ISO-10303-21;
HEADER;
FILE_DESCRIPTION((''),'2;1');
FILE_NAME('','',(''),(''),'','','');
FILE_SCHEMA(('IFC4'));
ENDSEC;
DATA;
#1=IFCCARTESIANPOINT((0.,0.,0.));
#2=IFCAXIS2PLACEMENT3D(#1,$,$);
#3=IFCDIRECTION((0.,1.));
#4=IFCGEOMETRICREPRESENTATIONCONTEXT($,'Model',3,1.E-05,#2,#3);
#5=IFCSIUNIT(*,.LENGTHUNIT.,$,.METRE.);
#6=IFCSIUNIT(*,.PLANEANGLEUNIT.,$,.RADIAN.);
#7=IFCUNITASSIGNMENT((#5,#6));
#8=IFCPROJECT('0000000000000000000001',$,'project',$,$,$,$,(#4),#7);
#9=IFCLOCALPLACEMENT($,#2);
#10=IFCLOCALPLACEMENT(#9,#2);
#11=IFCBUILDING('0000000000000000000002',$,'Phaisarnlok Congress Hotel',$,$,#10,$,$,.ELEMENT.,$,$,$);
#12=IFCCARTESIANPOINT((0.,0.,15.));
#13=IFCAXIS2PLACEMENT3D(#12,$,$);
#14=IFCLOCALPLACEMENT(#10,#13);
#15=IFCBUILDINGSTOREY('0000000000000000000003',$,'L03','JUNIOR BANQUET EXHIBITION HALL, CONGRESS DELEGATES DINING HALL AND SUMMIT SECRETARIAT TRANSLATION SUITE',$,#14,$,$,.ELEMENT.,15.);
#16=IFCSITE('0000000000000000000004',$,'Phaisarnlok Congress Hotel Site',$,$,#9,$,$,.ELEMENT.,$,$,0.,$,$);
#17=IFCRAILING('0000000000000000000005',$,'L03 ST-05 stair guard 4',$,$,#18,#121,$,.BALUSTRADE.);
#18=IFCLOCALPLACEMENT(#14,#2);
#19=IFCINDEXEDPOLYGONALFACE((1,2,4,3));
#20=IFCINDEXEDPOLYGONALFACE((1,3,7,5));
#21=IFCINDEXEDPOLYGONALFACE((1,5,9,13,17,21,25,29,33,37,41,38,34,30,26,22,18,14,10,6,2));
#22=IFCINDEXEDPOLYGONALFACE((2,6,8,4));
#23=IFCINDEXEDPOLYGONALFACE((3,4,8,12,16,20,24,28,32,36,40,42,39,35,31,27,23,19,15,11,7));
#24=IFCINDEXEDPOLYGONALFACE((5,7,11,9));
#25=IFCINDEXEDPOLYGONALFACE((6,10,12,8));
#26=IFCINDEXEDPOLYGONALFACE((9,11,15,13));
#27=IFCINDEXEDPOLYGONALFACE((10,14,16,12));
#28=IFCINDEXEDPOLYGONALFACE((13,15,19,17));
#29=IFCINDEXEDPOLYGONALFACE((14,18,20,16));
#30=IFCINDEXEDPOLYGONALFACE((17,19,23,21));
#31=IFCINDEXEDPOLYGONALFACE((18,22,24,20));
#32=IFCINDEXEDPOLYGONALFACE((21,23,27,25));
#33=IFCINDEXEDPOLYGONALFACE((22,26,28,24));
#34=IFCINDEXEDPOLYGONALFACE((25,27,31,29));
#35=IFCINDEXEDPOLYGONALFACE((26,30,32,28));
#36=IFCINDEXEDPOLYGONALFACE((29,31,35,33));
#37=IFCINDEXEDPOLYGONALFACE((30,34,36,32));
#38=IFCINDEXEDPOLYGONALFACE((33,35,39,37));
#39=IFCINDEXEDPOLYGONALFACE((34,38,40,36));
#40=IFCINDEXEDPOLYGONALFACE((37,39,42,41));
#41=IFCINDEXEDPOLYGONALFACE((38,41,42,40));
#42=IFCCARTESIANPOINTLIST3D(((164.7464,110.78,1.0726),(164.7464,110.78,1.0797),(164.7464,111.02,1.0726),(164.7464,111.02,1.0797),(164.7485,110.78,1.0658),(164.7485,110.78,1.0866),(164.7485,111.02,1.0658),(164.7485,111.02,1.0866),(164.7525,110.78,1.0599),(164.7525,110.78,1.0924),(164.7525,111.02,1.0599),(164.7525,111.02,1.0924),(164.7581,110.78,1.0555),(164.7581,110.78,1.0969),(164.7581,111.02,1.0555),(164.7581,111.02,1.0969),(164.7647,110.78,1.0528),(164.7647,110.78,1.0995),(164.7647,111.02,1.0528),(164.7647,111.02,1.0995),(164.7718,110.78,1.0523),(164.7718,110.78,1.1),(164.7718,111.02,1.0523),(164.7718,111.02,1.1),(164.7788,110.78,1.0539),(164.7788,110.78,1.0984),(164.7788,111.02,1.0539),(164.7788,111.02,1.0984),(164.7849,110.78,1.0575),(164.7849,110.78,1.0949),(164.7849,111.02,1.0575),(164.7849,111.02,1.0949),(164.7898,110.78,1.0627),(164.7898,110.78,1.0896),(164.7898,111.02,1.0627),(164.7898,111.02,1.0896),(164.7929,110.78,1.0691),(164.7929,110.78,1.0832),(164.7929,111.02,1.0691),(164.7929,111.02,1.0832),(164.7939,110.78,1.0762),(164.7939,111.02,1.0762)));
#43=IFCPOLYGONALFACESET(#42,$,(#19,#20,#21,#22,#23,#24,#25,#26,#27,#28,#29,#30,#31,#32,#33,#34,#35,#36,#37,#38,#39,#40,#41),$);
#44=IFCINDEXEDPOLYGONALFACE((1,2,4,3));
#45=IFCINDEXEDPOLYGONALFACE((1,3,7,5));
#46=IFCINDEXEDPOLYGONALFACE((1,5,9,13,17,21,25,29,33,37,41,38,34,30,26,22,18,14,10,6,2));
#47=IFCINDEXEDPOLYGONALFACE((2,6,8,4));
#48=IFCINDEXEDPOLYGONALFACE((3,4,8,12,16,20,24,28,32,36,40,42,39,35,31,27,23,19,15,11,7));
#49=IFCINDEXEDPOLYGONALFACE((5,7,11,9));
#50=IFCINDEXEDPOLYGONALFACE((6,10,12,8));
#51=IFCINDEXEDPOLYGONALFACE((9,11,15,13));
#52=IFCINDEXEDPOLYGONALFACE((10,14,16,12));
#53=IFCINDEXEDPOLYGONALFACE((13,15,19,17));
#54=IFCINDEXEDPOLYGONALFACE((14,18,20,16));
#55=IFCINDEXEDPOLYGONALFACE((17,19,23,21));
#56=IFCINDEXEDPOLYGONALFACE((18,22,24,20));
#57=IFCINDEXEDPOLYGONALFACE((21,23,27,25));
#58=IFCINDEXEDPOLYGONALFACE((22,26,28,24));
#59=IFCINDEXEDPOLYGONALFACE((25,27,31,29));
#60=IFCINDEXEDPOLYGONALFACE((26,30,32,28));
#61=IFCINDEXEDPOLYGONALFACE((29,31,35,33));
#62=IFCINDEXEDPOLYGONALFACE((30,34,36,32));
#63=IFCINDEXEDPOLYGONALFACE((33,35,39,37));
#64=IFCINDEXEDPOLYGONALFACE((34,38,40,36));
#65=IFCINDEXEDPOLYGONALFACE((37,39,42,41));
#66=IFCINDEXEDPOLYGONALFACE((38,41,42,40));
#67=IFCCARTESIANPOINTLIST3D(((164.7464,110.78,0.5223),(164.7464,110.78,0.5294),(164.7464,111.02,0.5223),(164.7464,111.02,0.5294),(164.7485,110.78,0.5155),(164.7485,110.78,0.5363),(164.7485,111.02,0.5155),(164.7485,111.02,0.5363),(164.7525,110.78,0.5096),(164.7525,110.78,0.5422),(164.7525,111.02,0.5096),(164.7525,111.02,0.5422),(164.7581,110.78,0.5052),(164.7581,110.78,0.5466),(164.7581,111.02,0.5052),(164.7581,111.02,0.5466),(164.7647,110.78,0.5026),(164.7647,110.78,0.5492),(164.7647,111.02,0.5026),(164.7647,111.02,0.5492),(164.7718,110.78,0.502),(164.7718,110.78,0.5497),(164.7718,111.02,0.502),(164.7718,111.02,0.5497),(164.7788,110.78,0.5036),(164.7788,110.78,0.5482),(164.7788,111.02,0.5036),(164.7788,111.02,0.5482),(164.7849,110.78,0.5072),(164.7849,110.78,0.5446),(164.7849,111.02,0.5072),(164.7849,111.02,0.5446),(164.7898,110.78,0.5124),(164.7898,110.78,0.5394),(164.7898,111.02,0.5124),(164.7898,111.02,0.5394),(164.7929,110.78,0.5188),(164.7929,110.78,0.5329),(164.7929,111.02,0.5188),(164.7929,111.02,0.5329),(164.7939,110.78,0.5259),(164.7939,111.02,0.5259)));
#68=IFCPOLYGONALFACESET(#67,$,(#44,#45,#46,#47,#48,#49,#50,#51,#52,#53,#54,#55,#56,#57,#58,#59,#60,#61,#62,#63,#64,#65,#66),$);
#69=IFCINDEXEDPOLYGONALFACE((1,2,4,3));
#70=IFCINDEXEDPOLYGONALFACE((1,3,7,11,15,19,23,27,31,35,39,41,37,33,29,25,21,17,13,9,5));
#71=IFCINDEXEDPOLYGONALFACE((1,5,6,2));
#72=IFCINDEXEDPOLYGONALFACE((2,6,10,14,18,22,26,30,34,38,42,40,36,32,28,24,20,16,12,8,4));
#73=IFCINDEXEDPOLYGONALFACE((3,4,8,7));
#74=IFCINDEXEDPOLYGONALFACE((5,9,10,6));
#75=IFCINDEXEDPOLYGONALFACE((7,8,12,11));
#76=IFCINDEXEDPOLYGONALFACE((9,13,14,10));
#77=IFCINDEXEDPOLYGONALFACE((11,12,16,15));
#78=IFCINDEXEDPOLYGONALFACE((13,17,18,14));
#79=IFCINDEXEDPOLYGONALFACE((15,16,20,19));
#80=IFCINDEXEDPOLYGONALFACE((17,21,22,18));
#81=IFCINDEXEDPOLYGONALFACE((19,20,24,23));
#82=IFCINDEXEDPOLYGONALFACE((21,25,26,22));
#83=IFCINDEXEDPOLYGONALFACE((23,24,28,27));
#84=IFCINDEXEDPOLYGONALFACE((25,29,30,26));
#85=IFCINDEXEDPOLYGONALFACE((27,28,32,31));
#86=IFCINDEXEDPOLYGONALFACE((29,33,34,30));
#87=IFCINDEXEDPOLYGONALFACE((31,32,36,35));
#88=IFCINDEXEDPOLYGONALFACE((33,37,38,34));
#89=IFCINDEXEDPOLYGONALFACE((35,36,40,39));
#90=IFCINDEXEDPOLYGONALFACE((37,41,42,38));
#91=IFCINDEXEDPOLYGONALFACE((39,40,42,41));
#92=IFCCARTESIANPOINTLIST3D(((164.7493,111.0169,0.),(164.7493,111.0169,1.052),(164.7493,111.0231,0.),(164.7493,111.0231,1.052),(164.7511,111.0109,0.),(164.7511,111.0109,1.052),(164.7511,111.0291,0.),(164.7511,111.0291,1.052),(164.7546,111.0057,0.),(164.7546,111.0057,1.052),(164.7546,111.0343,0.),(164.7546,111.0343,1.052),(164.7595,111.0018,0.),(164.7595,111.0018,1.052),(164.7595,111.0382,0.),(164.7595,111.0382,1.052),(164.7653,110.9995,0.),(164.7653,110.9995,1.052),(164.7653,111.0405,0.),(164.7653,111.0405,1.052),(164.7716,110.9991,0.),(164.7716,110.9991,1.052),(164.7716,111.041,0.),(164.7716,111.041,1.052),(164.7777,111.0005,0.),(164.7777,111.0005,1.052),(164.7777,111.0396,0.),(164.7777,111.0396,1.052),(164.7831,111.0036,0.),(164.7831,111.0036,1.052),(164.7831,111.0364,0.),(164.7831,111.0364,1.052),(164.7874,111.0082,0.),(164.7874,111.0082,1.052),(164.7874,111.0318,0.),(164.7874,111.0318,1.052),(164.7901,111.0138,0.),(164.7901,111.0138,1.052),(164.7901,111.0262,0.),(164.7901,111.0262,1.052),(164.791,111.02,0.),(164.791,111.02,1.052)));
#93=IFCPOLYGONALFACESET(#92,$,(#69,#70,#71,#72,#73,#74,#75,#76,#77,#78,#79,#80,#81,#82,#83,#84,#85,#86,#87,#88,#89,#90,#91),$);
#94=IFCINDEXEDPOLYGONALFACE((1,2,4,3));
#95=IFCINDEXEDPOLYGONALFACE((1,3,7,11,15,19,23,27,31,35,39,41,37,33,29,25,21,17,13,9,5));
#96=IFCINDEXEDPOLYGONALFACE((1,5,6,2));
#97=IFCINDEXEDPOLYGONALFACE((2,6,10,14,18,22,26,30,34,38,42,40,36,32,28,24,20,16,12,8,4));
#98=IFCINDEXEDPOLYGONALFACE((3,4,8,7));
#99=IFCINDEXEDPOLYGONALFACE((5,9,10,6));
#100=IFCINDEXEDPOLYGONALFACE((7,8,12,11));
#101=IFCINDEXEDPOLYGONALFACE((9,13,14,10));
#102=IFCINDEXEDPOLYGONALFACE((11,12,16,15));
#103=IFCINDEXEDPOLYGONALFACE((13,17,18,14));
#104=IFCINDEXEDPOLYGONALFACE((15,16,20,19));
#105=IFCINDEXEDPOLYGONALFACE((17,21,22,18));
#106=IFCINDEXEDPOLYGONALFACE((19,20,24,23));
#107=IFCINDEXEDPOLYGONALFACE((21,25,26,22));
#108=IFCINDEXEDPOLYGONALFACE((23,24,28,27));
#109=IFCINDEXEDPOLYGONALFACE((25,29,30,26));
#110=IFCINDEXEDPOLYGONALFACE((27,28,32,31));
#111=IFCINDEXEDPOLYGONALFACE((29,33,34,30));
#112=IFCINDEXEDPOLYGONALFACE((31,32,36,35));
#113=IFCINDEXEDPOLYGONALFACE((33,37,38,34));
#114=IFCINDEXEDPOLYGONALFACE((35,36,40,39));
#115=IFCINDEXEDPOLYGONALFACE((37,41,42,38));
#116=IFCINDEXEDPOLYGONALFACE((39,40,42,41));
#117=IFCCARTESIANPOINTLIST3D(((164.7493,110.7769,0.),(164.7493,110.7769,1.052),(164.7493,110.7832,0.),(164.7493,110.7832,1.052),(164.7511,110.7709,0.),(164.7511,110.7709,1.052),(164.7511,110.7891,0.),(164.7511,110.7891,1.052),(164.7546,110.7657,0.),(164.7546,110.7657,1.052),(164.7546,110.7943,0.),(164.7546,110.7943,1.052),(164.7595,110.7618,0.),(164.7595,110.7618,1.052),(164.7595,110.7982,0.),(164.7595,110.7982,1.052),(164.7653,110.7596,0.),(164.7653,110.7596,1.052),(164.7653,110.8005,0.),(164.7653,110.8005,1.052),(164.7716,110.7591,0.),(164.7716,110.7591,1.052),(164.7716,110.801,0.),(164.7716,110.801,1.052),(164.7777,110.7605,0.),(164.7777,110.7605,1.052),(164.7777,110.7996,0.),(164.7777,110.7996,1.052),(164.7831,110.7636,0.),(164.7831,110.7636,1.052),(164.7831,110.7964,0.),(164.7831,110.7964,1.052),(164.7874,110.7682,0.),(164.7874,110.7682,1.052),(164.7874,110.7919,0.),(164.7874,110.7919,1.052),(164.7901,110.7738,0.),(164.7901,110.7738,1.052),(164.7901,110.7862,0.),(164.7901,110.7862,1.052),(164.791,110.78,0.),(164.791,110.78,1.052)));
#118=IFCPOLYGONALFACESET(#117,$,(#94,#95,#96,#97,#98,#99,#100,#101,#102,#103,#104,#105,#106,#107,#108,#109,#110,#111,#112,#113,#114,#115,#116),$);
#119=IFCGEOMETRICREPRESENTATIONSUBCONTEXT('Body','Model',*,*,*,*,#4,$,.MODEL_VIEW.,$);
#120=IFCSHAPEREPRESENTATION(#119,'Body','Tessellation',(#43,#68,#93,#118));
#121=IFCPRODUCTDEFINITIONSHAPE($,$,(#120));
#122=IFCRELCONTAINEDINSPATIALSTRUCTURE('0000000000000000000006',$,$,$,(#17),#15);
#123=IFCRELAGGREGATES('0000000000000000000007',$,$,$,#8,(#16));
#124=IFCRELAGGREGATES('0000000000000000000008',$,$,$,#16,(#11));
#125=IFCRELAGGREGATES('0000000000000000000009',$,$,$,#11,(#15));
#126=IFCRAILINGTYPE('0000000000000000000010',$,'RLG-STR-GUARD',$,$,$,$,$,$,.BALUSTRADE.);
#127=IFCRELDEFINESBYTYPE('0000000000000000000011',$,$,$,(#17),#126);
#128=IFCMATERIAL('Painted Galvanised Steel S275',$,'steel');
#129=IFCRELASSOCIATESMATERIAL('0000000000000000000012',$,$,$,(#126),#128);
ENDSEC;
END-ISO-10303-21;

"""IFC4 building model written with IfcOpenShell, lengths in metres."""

from ifc_helpers import new_model, si_unit, direction, frame, origin, origin_2d, place, context, subcontext, project, spatial, circle, extrude, material, type_object, element, save


model = new_model("IFC4")

# Units and contexts
model_context = context("Model", 3, precision=1e-05, world=origin(), true_north=direction((0.0, 1.0)))
body_context = subcontext(model_context, "Body", "Model", "MODEL_VIEW")
ifc_project = project(units=[si_unit("LENGTHUNIT", "METRE"), si_unit("PLANEANGLEUNIT", "RADIAN")], contexts=[model_context])

# Site, building, storey
site_placement = place(None, origin())
site = spatial("IfcSite", under=ifc_project, at=site_placement, Name="Phaisarnlok Congress Hotel Site", CompositionType="ELEMENT", RefElevation=0.0)
building_placement = place(site_placement, origin())
building = spatial("IfcBuilding", under=site, at=building_placement, Name="Phaisarnlok Congress Hotel", CompositionType="ELEMENT")
storey_placement = place(building_placement, frame((0.0, 0.0, 15.0)))
storey = spatial("IfcBuildingStorey", under=building, at=storey_placement, Name="L03", Description="JUNIOR BANQUET EXHIBITION HALL, CONGRESS DELEGATES DINING HALL AND SUMMIT SECRETARIAT TRANSLATION SUITE", CompositionType="ELEMENT", Elevation=15.0)

# Railing
ifc_material_1 = material(Name="Painted Galvanised Steel S275", Category="steel")
railing_type_1 = type_object("IfcRailingType", Name="RLG-STR-GUARD", PredefinedType="BALUSTRADE", material=ifc_material_1)
railing_1_placement = place(storey_placement, frame((164.77, 111.02, 0.0)))
element("IfcRailing", 1, at=railing_1_placement, inside=storey, type_object=railing_type_1, Name="L03 ST-05 stair guard 4", PredefinedType="BALUSTRADE", context=body_context, shape_type="SweptSolid", body=[
    extrude(circle(Radius=0.0239, at=origin_2d()), frame((0.0, 0.0, 1.0762), z_axis=(0.0, -1.0, 0.0), x_axis=(1.0, 0.0, 0.0)), (0.0, 0.0, 1.0), 0.24),
    extrude(circle(Radius=0.0239, at=origin_2d()), frame((0.0, 0.0, 0.5259), z_axis=(0.0, -1.0, 0.0), x_axis=(1.0, 0.0, 0.0)), (0.0, 0.0, 1.0), 0.24),
    extrude(circle(Radius=0.021, at=origin_2d()), origin(), (0.0, 0.0, 1.0), 1.052),
    extrude(circle(Radius=0.021, at=origin_2d()), frame((0.0, -0.24, 0.0)), (0.0, 0.0, 1.0), 1.052),
])

save(model, "model.ifc")
